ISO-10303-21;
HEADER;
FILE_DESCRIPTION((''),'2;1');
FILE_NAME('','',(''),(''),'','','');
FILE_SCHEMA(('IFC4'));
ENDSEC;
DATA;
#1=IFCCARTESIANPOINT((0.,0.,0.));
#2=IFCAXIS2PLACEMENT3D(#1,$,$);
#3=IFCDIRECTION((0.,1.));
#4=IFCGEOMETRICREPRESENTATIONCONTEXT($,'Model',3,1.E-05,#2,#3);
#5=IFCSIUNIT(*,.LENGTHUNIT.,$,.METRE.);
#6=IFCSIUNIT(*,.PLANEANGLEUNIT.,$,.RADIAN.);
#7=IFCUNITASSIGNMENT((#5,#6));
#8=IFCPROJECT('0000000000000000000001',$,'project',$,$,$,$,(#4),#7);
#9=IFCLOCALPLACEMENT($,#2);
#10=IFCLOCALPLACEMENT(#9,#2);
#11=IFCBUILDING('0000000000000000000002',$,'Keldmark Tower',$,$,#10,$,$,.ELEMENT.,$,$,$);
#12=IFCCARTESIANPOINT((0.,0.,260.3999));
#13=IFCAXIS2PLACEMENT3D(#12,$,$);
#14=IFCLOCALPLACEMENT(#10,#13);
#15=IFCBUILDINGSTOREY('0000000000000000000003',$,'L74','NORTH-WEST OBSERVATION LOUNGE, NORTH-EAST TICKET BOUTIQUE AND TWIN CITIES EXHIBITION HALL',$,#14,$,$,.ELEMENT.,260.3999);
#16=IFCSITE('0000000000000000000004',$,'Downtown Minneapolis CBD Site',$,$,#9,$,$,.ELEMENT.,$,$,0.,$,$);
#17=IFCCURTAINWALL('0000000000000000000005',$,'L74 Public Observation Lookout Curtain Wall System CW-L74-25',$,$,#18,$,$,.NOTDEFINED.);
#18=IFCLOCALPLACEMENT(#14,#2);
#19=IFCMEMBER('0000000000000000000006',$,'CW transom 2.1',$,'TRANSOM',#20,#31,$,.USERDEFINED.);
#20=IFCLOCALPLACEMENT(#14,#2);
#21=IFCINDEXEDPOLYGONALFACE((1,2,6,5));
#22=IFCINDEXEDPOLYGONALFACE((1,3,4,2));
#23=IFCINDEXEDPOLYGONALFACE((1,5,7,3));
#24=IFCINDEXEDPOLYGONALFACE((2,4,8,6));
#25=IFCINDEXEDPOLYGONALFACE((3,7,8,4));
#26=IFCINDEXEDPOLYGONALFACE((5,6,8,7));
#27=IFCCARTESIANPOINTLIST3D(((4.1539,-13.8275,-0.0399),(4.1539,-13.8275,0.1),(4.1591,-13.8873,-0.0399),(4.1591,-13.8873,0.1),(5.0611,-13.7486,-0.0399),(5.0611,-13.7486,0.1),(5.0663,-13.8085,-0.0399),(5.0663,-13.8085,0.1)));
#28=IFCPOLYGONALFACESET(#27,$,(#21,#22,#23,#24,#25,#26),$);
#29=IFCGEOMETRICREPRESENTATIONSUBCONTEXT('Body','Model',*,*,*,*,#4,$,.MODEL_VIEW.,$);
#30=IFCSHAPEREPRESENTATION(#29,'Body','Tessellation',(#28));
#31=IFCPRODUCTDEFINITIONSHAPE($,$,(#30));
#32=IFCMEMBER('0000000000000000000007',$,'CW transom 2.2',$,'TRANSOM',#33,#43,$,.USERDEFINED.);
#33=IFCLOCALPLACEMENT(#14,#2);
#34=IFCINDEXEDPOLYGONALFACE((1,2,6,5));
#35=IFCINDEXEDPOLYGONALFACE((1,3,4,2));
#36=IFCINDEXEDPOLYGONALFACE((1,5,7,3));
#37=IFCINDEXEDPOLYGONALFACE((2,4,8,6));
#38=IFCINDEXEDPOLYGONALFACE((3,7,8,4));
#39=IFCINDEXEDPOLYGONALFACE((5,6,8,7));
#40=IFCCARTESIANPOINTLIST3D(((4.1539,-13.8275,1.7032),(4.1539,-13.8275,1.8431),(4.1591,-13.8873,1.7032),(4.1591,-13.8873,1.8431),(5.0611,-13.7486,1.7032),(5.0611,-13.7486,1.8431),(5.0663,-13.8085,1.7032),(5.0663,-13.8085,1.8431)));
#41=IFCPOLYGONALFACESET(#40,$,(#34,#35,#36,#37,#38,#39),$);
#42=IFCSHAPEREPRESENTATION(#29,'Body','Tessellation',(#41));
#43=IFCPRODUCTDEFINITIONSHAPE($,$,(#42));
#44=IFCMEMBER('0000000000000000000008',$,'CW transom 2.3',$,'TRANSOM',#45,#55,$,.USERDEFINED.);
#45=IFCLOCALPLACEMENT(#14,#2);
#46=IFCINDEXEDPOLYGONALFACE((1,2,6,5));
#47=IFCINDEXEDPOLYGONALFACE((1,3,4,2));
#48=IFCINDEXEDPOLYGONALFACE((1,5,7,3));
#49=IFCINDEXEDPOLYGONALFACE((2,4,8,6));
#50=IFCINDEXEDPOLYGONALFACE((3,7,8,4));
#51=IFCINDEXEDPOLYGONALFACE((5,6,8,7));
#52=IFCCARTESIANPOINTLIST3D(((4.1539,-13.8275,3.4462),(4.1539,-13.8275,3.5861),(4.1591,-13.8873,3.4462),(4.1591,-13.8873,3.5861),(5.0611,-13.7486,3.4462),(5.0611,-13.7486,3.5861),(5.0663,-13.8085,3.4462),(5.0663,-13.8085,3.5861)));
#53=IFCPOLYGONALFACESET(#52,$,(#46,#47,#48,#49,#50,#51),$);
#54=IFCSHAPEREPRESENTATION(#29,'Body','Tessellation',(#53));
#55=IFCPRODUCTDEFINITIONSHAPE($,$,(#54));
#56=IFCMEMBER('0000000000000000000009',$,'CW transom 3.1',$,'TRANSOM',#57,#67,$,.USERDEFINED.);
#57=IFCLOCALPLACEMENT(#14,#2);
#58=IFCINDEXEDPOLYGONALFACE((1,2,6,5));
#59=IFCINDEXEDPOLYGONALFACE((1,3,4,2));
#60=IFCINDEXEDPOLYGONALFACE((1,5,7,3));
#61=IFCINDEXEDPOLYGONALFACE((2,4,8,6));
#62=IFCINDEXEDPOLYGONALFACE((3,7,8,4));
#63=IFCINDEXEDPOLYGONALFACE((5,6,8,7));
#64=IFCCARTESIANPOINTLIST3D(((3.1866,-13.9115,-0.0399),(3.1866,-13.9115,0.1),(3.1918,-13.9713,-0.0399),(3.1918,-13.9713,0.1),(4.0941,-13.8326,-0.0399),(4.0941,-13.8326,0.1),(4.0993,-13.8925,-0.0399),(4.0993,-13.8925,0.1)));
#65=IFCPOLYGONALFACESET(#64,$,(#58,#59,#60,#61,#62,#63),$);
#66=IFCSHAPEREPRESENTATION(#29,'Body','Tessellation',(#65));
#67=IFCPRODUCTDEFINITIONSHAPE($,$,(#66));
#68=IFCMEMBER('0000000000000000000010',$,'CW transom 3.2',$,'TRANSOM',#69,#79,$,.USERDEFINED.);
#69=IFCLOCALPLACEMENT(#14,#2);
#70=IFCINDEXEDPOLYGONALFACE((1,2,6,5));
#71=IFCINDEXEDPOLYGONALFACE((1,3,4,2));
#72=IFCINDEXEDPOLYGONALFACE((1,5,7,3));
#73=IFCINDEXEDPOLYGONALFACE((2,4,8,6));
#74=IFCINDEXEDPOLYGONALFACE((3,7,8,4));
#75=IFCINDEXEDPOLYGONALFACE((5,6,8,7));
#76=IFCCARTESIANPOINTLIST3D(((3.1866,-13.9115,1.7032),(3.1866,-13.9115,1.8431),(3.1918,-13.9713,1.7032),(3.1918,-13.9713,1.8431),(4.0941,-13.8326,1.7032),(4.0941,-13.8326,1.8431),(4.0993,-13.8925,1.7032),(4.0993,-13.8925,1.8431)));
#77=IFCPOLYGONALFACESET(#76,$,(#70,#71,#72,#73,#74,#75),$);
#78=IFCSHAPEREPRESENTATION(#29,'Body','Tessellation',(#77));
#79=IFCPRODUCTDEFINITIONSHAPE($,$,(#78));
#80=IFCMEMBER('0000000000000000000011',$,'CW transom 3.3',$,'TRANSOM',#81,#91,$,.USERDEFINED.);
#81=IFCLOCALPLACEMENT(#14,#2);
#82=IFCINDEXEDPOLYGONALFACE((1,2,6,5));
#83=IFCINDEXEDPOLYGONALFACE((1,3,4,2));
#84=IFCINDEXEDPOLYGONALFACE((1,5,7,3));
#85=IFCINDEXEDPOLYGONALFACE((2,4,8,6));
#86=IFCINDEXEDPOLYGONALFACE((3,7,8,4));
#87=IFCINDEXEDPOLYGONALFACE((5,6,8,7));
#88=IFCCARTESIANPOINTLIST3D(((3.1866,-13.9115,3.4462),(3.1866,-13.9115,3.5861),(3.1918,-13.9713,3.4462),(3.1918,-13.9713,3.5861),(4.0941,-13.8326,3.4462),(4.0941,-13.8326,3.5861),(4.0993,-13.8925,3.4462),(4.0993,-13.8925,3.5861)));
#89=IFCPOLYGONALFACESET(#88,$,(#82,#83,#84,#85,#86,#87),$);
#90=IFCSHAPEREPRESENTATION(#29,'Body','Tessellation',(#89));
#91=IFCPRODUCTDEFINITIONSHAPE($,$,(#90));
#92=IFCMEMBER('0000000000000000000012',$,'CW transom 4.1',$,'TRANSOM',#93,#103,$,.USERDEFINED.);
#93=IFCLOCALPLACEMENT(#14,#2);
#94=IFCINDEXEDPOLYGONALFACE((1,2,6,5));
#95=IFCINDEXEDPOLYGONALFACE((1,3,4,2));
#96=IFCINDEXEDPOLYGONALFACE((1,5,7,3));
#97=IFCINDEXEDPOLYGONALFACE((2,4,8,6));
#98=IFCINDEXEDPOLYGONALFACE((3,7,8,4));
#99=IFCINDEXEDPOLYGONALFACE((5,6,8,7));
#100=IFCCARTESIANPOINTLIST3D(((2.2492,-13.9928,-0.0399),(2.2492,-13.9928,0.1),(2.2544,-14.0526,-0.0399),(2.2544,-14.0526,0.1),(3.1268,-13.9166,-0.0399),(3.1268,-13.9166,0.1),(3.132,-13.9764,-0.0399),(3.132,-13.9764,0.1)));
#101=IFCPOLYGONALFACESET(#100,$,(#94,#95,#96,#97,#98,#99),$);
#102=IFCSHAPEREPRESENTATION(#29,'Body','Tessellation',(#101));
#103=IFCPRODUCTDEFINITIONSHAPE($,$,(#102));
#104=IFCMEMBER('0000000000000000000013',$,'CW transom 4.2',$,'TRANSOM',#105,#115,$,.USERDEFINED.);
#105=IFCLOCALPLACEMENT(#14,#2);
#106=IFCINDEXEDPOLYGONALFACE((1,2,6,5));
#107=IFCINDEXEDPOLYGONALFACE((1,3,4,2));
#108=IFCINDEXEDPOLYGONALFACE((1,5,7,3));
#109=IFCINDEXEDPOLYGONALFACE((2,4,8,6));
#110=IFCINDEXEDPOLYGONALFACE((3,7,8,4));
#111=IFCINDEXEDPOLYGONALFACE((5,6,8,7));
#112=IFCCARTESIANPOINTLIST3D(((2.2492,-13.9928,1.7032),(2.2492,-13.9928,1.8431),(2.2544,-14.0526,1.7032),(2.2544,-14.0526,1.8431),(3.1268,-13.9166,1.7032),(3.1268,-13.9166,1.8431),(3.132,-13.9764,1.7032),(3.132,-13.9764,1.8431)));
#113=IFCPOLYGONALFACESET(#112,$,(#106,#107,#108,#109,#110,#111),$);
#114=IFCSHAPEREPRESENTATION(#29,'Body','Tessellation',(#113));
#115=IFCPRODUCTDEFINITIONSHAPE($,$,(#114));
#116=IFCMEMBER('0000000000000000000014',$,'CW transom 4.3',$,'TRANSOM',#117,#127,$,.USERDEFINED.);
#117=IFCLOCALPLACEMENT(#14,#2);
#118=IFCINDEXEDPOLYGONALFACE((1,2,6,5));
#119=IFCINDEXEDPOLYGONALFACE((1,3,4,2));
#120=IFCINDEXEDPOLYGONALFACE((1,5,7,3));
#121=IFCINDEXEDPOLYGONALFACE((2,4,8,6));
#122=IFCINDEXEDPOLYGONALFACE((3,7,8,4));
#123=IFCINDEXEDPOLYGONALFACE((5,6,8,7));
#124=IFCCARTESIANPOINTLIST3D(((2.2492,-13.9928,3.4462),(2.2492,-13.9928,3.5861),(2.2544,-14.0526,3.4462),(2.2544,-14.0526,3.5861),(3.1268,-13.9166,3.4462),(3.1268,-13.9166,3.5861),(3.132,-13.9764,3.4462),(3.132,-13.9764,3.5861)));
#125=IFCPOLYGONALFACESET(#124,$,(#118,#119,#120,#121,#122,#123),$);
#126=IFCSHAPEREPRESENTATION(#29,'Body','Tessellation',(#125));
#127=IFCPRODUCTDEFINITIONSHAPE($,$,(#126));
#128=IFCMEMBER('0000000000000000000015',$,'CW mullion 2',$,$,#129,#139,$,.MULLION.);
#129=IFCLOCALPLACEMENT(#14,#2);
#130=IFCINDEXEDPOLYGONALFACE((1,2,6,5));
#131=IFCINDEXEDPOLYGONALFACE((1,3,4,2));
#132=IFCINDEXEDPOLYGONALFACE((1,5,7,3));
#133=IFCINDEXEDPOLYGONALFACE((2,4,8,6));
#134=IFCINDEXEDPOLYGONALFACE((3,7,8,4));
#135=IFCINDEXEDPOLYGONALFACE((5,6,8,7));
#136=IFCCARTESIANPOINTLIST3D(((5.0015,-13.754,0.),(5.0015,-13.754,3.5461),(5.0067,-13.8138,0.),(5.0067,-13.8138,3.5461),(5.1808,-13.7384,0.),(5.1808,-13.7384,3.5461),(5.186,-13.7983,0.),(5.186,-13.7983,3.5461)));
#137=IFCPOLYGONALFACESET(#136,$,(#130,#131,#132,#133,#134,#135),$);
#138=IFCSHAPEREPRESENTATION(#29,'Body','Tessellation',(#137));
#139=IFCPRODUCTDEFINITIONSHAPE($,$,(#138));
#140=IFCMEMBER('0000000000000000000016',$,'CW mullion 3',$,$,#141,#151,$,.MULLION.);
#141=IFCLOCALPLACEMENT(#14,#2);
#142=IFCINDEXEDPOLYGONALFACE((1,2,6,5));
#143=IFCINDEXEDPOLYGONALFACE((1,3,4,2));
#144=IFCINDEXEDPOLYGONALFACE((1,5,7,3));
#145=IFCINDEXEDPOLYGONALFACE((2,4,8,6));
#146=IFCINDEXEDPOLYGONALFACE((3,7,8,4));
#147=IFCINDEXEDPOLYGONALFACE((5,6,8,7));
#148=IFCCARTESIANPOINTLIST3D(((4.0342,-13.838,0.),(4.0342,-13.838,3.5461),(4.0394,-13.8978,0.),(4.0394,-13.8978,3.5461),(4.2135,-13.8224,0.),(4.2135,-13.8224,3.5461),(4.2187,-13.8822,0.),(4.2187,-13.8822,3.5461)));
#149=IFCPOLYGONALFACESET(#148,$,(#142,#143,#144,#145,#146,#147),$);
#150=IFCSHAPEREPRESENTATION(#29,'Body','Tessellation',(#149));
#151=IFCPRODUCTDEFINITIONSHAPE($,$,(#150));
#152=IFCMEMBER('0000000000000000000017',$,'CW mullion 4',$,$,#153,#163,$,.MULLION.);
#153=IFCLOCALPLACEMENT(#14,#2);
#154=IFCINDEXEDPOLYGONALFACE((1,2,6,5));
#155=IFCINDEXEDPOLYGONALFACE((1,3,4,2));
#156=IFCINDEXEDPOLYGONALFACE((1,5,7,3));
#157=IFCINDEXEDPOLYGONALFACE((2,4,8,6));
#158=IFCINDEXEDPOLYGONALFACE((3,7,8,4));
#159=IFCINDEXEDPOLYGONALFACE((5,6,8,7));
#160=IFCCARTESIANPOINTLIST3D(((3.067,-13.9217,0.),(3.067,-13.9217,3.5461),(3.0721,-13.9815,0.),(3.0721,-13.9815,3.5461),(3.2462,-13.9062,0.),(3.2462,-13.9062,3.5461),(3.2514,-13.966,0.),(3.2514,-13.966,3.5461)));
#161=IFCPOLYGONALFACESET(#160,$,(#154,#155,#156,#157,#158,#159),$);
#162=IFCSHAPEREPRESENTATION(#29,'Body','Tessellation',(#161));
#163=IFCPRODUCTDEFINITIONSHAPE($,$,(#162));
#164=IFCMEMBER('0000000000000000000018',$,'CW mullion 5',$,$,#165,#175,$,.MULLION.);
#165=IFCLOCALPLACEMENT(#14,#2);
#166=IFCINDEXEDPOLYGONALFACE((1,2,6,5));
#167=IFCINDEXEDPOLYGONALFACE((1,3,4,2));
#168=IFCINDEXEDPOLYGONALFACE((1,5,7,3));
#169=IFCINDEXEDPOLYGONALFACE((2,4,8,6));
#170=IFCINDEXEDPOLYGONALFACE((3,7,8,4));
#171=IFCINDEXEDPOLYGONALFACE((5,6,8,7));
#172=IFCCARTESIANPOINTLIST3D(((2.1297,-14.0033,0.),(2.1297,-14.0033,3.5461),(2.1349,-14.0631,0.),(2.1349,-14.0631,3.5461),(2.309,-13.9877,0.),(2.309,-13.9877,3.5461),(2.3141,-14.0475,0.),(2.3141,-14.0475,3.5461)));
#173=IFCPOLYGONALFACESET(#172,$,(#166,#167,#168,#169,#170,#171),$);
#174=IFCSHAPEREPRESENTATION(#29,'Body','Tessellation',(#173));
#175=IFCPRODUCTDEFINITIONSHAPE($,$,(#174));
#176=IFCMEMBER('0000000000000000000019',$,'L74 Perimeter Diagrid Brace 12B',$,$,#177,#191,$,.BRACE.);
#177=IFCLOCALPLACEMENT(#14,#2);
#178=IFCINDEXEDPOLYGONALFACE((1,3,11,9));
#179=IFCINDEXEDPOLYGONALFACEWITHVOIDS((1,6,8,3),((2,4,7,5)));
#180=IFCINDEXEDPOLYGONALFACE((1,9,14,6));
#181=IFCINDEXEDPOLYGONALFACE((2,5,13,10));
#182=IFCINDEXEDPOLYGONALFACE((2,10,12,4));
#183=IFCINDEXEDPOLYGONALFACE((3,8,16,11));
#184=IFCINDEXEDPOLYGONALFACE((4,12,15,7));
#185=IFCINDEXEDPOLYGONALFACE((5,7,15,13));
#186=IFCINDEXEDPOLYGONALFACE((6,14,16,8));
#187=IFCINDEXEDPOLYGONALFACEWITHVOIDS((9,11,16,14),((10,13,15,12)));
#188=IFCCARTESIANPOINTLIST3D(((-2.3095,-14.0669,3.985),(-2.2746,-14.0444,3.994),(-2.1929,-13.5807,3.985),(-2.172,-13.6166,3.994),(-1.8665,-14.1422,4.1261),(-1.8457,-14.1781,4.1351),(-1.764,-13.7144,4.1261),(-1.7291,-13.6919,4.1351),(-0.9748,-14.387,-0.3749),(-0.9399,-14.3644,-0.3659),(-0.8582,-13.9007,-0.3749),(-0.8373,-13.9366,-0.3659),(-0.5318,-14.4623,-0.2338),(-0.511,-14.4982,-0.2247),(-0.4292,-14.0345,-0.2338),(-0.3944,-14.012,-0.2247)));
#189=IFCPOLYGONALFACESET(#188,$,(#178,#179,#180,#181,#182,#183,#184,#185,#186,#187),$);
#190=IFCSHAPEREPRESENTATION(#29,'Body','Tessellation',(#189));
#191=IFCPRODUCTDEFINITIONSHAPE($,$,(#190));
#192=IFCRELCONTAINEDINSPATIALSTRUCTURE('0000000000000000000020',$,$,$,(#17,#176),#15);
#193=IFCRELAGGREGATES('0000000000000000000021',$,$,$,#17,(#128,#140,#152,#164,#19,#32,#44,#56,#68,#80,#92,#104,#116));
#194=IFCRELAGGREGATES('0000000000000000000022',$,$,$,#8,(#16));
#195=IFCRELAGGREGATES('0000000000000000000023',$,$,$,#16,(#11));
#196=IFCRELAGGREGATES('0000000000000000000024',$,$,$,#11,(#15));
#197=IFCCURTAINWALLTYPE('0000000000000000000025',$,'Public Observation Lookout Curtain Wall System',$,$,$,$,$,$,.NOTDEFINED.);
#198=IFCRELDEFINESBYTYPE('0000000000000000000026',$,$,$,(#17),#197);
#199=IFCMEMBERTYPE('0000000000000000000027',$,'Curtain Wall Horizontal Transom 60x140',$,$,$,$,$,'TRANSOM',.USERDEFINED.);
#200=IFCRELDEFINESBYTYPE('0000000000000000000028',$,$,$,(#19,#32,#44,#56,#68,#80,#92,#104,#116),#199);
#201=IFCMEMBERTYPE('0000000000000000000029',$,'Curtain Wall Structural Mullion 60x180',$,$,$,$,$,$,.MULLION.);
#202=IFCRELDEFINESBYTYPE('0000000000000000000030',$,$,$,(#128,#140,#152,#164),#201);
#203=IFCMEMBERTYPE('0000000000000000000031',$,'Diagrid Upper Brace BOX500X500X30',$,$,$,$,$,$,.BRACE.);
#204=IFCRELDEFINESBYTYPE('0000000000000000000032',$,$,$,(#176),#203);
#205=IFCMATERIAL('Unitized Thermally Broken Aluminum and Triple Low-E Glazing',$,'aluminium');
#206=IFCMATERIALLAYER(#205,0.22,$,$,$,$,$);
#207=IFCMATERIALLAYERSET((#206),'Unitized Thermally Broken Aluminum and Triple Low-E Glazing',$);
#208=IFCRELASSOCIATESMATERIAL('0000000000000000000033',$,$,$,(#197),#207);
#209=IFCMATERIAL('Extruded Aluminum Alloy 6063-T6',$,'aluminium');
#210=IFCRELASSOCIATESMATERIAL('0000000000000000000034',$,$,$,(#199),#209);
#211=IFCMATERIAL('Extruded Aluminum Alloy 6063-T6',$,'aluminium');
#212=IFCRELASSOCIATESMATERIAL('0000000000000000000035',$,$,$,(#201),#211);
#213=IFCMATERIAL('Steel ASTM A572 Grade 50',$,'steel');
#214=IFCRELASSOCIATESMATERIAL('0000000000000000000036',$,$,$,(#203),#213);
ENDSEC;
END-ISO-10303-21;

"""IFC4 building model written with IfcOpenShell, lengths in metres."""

from ifc_helpers import new_model, si_unit, direction, frame, origin, origin_2d, place, context, subcontext, project, spatial, rectangle, hollow_rectangle, extrude, material, layer, layer_set, material_profile, profile_set, type_object, element, aggregate, save


model = new_model("IFC4")

# Units and contexts
model_context = context("Model", 3, precision=1e-05, world=origin(), true_north=direction((0.0, 1.0)))
body_context = subcontext(model_context, "Body", "Model", "MODEL_VIEW")
ifc_project = project(units=[si_unit("LENGTHUNIT", "METRE"), si_unit("PLANEANGLEUNIT", "RADIAN")], contexts=[model_context])

# Site, building, storey
site_placement = place(None, origin())
site = spatial("IfcSite", under=ifc_project, at=site_placement, Name="Downtown Minneapolis CBD Site", CompositionType="ELEMENT", RefElevation=0.0)
building_placement = place(site_placement, origin())
building = spatial("IfcBuilding", under=site, at=building_placement, Name="Keldmark Tower", CompositionType="ELEMENT")
storey_placement = place(building_placement, frame((0.0, 0.0, 260.3999)))
storey = spatial("IfcBuildingStorey", under=building, at=storey_placement, Name="L74", Description="NORTH-WEST OBSERVATION LOUNGE, NORTH-EAST TICKET BOUTIQUE AND TWIN CITIES EXHIBITION HALL", CompositionType="ELEMENT", Elevation=260.3999)

# Curtain wall, members
ifc_material_1 = material(Name="Unitized Thermally Broken Aluminum and Triple Low-E Glazing", Category="aluminium")
ifc_layer_1 = layer(ifc_material_1, 0.22)
ifc_layer_set_1 = layer_set([ifc_layer_1], Name="Unitized Thermally Broken Aluminum and Triple Low-E Glazing")
curtain_wall_type = type_object("IfcCurtainWallType", Name="Public Observation Lookout Curtain Wall System", PredefinedType="NOTDEFINED", material=ifc_layer_set_1)
curtain_wall_placement = place(storey_placement, origin())
curtain_wall = element("IfcCurtainWall", 1, at=curtain_wall_placement, inside=storey, type_object=curtain_wall_type, Name="L74 Public Observation Lookout Curtain Wall System CW-L74-25", PredefinedType="NOTDEFINED")
ifc_material_2 = material(Name="Extruded Aluminum Alloy 6063-T6", Category="aluminium")
ifc_material_profile_1 = material_profile(ifc_material_2, rectangle(XDim=0.0601, YDim=0.1399, at=origin_2d()), Name="CWT60X140")
ifc_profile_set_1 = profile_set([ifc_material_profile_1], Name="Extruded Aluminum Alloy 6063-T6")
member_type_1 = type_object("IfcMemberType", Name="Curtain Wall Horizontal Transom 60x140", ElementType="TRANSOM", PredefinedType="USERDEFINED", material=ifc_profile_set_1)
member_1_placement = place(storey_placement, frame((5.0637, -13.7786, 0.03), z_axis=(-0.996244, -0.086595, 0.0), x_axis=(0.086595, -0.996244, 0.0)))
member_1 = element("IfcMember", 2, at=member_1_placement, type_object=member_type_1, Name="CW transom 2.1", ObjectType="TRANSOM", PredefinedType="USERDEFINED", context=body_context, shape_type="SweptSolid", body=[
    extrude(rectangle(XDim=0.0601, YDim=0.1399, at=origin_2d()), origin(), (0.0, 0.0, 1.0), 0.9106),
])
member_2_placement = place(storey_placement, frame((5.0637, -13.7786, 1.7732), z_axis=(-0.996244, -0.086595, 0.0), x_axis=(0.086595, -0.996244, 0.0)))
member_2 = element("IfcMember", 3, at=member_2_placement, type_object=member_type_1, Name="CW transom 2.2", ObjectType="TRANSOM", PredefinedType="USERDEFINED", context=body_context, shape_type="SweptSolid", body=[
    extrude(rectangle(XDim=0.0601, YDim=0.1399, at=origin_2d()), origin(), (0.0, 0.0, 1.0), 0.9106),
])
member_3_placement = place(storey_placement, frame((5.0637, -13.7786, 3.5161), z_axis=(-0.996244, -0.086595, 0.0), x_axis=(0.086595, -0.996244, 0.0)))
member_3 = element("IfcMember", 4, at=member_3_placement, type_object=member_type_1, Name="CW transom 2.3", ObjectType="TRANSOM", PredefinedType="USERDEFINED", context=body_context, shape_type="SweptSolid", body=[
    extrude(rectangle(XDim=0.0601, YDim=0.1399, at=origin_2d()), origin(), (0.0, 0.0, 1.0), 0.9106),
])
member_4_placement = place(storey_placement, frame((4.0967, -13.8625, 0.03), z_axis=(-0.996246, -0.086572, 0.0), x_axis=(0.086572, -0.996246, 0.0)))
member_4 = element("IfcMember", 5, at=member_4_placement, type_object=member_type_1, Name="CW transom 3.1", ObjectType="TRANSOM", PredefinedType="USERDEFINED", context=body_context, shape_type="SweptSolid", body=[
    extrude(rectangle(XDim=0.0601, YDim=0.1399, at=origin_2d()), origin(), (0.0, 0.0, 1.0), 0.9109),
])
member_5_placement = place(storey_placement, frame((4.0967, -13.8625, 1.7732), z_axis=(-0.996246, -0.086572, 0.0), x_axis=(0.086572, -0.996246, 0.0)))
member_5 = element("IfcMember", 6, at=member_5_placement, type_object=member_type_1, Name="CW transom 3.2", ObjectType="TRANSOM", PredefinedType="USERDEFINED", context=body_context, shape_type="SweptSolid", body=[
    extrude(rectangle(XDim=0.0601, YDim=0.1399, at=origin_2d()), origin(), (0.0, 0.0, 1.0), 0.9109),
])
member_6_placement = place(storey_placement, frame((4.0967, -13.8625, 3.5161), z_axis=(-0.996246, -0.086572, 0.0), x_axis=(0.086572, -0.996246, 0.0)))
member_6 = element("IfcMember", 7, at=member_6_placement, type_object=member_type_1, Name="CW transom 3.3", ObjectType="TRANSOM", PredefinedType="USERDEFINED", context=body_context, shape_type="SweptSolid", body=[
    extrude(rectangle(XDim=0.0601, YDim=0.1399, at=origin_2d()), origin(), (0.0, 0.0, 1.0), 0.9109),
])
member_7_placement = place(storey_placement, frame((3.1294, -13.9465, 0.03), z_axis=(-0.996253, -0.086486, 0.0), x_axis=(0.086486, -0.996253, 0.0)))
member_7 = element("IfcMember", 8, at=member_7_placement, type_object=member_type_1, Name="CW transom 4.1", ObjectType="TRANSOM", PredefinedType="USERDEFINED", context=body_context, shape_type="SweptSolid", body=[
    extrude(rectangle(XDim=0.0601, YDim=0.1399, at=origin_2d()), origin(), (0.0, 0.0, 1.0), 0.8809),
])
member_8_placement = place(storey_placement, frame((3.1294, -13.9465, 1.7732), z_axis=(-0.996253, -0.086486, 0.0), x_axis=(0.086486, -0.996253, 0.0)))
member_8 = element("IfcMember", 9, at=member_8_placement, type_object=member_type_1, Name="CW transom 4.2", ObjectType="TRANSOM", PredefinedType="USERDEFINED", context=body_context, shape_type="SweptSolid", body=[
    extrude(rectangle(XDim=0.0601, YDim=0.1399, at=origin_2d()), origin(), (0.0, 0.0, 1.0), 0.8809),
])
member_9_placement = place(storey_placement, frame((3.1294, -13.9465, 3.5161), z_axis=(-0.996253, -0.086486, 0.0), x_axis=(0.086486, -0.996253, 0.0)))
member_9 = element("IfcMember", 10, at=member_9_placement, type_object=member_type_1, Name="CW transom 4.3", ObjectType="TRANSOM", PredefinedType="USERDEFINED", context=body_context, shape_type="SweptSolid", body=[
    extrude(rectangle(XDim=0.0601, YDim=0.1399, at=origin_2d()), origin(), (0.0, 0.0, 1.0), 0.8809),
])
ifc_material_3 = material(Name="Extruded Aluminum Alloy 6063-T6", Category="aluminium")
ifc_material_profile_2 = material_profile(ifc_material_3, rectangle(XDim=0.0601, YDim=0.1799, at=origin_2d()), Name="CWM60X180")
ifc_profile_set_2 = profile_set([ifc_material_profile_2], Name="Extruded Aluminum Alloy 6063-T6")
member_type_2 = type_object("IfcMemberType", Name="Curtain Wall Structural Mullion 60x180", PredefinedType="MULLION", material=ifc_profile_set_2)
member_10_placement = place(storey_placement, frame((5.0938, -13.7761, 0.0), z_axis=(0.0, 0.0, 1.0), x_axis=(0.086472, -0.996254, 0.0)))
member_10 = element("IfcMember", 11, at=member_10_placement, type_object=member_type_2, Name="CW mullion 2", PredefinedType="MULLION", context=body_context, shape_type="SweptSolid", body=[
    extrude(rectangle(XDim=0.0601, YDim=0.1799, at=origin_2d()), origin(), (0.0, 0.0, 1.0), 3.5461),
])
member_11_placement = place(storey_placement, frame((4.1265, -13.8601, 0.0), z_axis=(0.0, 0.0, 1.0), x_axis=(0.086472, -0.996254, 0.0)))
member_11 = element("IfcMember", 12, at=member_11_placement, type_object=member_type_2, Name="CW mullion 3", PredefinedType="MULLION", context=body_context, shape_type="SweptSolid", body=[
    extrude(rectangle(XDim=0.0601, YDim=0.1799, at=origin_2d()), origin(), (0.0, 0.0, 1.0), 3.5461),
])
member_12_placement = place(storey_placement, frame((3.1592, -13.9438, 0.0), z_axis=(0.0, 0.0, 1.0), x_axis=(0.086472, -0.996254, 0.0)))
member_12 = element("IfcMember", 13, at=member_12_placement, type_object=member_type_2, Name="CW mullion 4", PredefinedType="MULLION", context=body_context, shape_type="SweptSolid", body=[
    extrude(rectangle(XDim=0.0601, YDim=0.1799, at=origin_2d()), origin(), (0.0, 0.0, 1.0), 3.5461),
])
member_13_placement = place(storey_placement, frame((2.2219, -14.0254, 0.0), z_axis=(0.0, 0.0, 1.0), x_axis=(0.086472, -0.996254, 0.0)))
member_13 = element("IfcMember", 14, at=member_13_placement, type_object=member_type_2, Name="CW mullion 5", PredefinedType="MULLION", context=body_context, shape_type="SweptSolid", body=[
    extrude(rectangle(XDim=0.0601, YDim=0.1799, at=origin_2d()), origin(), (0.0, 0.0, 1.0), 3.5461),
])

# Member
ifc_material_4 = material(Name="Steel ASTM A572 Grade 50", Category="steel")
ifc_material_profile_3 = material_profile(ifc_material_4, hollow_rectangle(XDim=0.5, YDim=0.5, WallThickness=0.03, at=origin_2d()), Name="BOX500X500X30")
ifc_profile_set_3 = profile_set([ifc_material_profile_3], Name="Steel ASTM A572 Grade 50")
member_type_3 = type_object("IfcMemberType", Name="Diagrid Upper Brace BOX500X500X30", PredefinedType="BRACE", material=ifc_profile_set_3)
member_14_placement = place(storey_placement, frame((-0.6846, -14.1995, -0.2998), z_axis=(-0.292009, 0.070024, 0.953849), x_axis=(-0.233191, -0.972431, 0.0)))
element("IfcMember", 15, at=member_14_placement, inside=storey, type_object=member_type_3, Name="L74 Perimeter Diagrid Brace 12B", PredefinedType="BRACE", context=body_context, shape_type="SweptSolid", body=[
    extrude(hollow_rectangle(XDim=0.5, YDim=0.5, WallThickness=0.03, at=origin_2d()), origin(), (0.0, 0.0, 1.0), 4.5708),
])

aggregate(curtain_wall, [member_10, member_11, member_12, member_13, member_1, member_2, member_3, member_4, member_5, member_6, member_7, member_8, member_9])

save(model, "model.ifc")
